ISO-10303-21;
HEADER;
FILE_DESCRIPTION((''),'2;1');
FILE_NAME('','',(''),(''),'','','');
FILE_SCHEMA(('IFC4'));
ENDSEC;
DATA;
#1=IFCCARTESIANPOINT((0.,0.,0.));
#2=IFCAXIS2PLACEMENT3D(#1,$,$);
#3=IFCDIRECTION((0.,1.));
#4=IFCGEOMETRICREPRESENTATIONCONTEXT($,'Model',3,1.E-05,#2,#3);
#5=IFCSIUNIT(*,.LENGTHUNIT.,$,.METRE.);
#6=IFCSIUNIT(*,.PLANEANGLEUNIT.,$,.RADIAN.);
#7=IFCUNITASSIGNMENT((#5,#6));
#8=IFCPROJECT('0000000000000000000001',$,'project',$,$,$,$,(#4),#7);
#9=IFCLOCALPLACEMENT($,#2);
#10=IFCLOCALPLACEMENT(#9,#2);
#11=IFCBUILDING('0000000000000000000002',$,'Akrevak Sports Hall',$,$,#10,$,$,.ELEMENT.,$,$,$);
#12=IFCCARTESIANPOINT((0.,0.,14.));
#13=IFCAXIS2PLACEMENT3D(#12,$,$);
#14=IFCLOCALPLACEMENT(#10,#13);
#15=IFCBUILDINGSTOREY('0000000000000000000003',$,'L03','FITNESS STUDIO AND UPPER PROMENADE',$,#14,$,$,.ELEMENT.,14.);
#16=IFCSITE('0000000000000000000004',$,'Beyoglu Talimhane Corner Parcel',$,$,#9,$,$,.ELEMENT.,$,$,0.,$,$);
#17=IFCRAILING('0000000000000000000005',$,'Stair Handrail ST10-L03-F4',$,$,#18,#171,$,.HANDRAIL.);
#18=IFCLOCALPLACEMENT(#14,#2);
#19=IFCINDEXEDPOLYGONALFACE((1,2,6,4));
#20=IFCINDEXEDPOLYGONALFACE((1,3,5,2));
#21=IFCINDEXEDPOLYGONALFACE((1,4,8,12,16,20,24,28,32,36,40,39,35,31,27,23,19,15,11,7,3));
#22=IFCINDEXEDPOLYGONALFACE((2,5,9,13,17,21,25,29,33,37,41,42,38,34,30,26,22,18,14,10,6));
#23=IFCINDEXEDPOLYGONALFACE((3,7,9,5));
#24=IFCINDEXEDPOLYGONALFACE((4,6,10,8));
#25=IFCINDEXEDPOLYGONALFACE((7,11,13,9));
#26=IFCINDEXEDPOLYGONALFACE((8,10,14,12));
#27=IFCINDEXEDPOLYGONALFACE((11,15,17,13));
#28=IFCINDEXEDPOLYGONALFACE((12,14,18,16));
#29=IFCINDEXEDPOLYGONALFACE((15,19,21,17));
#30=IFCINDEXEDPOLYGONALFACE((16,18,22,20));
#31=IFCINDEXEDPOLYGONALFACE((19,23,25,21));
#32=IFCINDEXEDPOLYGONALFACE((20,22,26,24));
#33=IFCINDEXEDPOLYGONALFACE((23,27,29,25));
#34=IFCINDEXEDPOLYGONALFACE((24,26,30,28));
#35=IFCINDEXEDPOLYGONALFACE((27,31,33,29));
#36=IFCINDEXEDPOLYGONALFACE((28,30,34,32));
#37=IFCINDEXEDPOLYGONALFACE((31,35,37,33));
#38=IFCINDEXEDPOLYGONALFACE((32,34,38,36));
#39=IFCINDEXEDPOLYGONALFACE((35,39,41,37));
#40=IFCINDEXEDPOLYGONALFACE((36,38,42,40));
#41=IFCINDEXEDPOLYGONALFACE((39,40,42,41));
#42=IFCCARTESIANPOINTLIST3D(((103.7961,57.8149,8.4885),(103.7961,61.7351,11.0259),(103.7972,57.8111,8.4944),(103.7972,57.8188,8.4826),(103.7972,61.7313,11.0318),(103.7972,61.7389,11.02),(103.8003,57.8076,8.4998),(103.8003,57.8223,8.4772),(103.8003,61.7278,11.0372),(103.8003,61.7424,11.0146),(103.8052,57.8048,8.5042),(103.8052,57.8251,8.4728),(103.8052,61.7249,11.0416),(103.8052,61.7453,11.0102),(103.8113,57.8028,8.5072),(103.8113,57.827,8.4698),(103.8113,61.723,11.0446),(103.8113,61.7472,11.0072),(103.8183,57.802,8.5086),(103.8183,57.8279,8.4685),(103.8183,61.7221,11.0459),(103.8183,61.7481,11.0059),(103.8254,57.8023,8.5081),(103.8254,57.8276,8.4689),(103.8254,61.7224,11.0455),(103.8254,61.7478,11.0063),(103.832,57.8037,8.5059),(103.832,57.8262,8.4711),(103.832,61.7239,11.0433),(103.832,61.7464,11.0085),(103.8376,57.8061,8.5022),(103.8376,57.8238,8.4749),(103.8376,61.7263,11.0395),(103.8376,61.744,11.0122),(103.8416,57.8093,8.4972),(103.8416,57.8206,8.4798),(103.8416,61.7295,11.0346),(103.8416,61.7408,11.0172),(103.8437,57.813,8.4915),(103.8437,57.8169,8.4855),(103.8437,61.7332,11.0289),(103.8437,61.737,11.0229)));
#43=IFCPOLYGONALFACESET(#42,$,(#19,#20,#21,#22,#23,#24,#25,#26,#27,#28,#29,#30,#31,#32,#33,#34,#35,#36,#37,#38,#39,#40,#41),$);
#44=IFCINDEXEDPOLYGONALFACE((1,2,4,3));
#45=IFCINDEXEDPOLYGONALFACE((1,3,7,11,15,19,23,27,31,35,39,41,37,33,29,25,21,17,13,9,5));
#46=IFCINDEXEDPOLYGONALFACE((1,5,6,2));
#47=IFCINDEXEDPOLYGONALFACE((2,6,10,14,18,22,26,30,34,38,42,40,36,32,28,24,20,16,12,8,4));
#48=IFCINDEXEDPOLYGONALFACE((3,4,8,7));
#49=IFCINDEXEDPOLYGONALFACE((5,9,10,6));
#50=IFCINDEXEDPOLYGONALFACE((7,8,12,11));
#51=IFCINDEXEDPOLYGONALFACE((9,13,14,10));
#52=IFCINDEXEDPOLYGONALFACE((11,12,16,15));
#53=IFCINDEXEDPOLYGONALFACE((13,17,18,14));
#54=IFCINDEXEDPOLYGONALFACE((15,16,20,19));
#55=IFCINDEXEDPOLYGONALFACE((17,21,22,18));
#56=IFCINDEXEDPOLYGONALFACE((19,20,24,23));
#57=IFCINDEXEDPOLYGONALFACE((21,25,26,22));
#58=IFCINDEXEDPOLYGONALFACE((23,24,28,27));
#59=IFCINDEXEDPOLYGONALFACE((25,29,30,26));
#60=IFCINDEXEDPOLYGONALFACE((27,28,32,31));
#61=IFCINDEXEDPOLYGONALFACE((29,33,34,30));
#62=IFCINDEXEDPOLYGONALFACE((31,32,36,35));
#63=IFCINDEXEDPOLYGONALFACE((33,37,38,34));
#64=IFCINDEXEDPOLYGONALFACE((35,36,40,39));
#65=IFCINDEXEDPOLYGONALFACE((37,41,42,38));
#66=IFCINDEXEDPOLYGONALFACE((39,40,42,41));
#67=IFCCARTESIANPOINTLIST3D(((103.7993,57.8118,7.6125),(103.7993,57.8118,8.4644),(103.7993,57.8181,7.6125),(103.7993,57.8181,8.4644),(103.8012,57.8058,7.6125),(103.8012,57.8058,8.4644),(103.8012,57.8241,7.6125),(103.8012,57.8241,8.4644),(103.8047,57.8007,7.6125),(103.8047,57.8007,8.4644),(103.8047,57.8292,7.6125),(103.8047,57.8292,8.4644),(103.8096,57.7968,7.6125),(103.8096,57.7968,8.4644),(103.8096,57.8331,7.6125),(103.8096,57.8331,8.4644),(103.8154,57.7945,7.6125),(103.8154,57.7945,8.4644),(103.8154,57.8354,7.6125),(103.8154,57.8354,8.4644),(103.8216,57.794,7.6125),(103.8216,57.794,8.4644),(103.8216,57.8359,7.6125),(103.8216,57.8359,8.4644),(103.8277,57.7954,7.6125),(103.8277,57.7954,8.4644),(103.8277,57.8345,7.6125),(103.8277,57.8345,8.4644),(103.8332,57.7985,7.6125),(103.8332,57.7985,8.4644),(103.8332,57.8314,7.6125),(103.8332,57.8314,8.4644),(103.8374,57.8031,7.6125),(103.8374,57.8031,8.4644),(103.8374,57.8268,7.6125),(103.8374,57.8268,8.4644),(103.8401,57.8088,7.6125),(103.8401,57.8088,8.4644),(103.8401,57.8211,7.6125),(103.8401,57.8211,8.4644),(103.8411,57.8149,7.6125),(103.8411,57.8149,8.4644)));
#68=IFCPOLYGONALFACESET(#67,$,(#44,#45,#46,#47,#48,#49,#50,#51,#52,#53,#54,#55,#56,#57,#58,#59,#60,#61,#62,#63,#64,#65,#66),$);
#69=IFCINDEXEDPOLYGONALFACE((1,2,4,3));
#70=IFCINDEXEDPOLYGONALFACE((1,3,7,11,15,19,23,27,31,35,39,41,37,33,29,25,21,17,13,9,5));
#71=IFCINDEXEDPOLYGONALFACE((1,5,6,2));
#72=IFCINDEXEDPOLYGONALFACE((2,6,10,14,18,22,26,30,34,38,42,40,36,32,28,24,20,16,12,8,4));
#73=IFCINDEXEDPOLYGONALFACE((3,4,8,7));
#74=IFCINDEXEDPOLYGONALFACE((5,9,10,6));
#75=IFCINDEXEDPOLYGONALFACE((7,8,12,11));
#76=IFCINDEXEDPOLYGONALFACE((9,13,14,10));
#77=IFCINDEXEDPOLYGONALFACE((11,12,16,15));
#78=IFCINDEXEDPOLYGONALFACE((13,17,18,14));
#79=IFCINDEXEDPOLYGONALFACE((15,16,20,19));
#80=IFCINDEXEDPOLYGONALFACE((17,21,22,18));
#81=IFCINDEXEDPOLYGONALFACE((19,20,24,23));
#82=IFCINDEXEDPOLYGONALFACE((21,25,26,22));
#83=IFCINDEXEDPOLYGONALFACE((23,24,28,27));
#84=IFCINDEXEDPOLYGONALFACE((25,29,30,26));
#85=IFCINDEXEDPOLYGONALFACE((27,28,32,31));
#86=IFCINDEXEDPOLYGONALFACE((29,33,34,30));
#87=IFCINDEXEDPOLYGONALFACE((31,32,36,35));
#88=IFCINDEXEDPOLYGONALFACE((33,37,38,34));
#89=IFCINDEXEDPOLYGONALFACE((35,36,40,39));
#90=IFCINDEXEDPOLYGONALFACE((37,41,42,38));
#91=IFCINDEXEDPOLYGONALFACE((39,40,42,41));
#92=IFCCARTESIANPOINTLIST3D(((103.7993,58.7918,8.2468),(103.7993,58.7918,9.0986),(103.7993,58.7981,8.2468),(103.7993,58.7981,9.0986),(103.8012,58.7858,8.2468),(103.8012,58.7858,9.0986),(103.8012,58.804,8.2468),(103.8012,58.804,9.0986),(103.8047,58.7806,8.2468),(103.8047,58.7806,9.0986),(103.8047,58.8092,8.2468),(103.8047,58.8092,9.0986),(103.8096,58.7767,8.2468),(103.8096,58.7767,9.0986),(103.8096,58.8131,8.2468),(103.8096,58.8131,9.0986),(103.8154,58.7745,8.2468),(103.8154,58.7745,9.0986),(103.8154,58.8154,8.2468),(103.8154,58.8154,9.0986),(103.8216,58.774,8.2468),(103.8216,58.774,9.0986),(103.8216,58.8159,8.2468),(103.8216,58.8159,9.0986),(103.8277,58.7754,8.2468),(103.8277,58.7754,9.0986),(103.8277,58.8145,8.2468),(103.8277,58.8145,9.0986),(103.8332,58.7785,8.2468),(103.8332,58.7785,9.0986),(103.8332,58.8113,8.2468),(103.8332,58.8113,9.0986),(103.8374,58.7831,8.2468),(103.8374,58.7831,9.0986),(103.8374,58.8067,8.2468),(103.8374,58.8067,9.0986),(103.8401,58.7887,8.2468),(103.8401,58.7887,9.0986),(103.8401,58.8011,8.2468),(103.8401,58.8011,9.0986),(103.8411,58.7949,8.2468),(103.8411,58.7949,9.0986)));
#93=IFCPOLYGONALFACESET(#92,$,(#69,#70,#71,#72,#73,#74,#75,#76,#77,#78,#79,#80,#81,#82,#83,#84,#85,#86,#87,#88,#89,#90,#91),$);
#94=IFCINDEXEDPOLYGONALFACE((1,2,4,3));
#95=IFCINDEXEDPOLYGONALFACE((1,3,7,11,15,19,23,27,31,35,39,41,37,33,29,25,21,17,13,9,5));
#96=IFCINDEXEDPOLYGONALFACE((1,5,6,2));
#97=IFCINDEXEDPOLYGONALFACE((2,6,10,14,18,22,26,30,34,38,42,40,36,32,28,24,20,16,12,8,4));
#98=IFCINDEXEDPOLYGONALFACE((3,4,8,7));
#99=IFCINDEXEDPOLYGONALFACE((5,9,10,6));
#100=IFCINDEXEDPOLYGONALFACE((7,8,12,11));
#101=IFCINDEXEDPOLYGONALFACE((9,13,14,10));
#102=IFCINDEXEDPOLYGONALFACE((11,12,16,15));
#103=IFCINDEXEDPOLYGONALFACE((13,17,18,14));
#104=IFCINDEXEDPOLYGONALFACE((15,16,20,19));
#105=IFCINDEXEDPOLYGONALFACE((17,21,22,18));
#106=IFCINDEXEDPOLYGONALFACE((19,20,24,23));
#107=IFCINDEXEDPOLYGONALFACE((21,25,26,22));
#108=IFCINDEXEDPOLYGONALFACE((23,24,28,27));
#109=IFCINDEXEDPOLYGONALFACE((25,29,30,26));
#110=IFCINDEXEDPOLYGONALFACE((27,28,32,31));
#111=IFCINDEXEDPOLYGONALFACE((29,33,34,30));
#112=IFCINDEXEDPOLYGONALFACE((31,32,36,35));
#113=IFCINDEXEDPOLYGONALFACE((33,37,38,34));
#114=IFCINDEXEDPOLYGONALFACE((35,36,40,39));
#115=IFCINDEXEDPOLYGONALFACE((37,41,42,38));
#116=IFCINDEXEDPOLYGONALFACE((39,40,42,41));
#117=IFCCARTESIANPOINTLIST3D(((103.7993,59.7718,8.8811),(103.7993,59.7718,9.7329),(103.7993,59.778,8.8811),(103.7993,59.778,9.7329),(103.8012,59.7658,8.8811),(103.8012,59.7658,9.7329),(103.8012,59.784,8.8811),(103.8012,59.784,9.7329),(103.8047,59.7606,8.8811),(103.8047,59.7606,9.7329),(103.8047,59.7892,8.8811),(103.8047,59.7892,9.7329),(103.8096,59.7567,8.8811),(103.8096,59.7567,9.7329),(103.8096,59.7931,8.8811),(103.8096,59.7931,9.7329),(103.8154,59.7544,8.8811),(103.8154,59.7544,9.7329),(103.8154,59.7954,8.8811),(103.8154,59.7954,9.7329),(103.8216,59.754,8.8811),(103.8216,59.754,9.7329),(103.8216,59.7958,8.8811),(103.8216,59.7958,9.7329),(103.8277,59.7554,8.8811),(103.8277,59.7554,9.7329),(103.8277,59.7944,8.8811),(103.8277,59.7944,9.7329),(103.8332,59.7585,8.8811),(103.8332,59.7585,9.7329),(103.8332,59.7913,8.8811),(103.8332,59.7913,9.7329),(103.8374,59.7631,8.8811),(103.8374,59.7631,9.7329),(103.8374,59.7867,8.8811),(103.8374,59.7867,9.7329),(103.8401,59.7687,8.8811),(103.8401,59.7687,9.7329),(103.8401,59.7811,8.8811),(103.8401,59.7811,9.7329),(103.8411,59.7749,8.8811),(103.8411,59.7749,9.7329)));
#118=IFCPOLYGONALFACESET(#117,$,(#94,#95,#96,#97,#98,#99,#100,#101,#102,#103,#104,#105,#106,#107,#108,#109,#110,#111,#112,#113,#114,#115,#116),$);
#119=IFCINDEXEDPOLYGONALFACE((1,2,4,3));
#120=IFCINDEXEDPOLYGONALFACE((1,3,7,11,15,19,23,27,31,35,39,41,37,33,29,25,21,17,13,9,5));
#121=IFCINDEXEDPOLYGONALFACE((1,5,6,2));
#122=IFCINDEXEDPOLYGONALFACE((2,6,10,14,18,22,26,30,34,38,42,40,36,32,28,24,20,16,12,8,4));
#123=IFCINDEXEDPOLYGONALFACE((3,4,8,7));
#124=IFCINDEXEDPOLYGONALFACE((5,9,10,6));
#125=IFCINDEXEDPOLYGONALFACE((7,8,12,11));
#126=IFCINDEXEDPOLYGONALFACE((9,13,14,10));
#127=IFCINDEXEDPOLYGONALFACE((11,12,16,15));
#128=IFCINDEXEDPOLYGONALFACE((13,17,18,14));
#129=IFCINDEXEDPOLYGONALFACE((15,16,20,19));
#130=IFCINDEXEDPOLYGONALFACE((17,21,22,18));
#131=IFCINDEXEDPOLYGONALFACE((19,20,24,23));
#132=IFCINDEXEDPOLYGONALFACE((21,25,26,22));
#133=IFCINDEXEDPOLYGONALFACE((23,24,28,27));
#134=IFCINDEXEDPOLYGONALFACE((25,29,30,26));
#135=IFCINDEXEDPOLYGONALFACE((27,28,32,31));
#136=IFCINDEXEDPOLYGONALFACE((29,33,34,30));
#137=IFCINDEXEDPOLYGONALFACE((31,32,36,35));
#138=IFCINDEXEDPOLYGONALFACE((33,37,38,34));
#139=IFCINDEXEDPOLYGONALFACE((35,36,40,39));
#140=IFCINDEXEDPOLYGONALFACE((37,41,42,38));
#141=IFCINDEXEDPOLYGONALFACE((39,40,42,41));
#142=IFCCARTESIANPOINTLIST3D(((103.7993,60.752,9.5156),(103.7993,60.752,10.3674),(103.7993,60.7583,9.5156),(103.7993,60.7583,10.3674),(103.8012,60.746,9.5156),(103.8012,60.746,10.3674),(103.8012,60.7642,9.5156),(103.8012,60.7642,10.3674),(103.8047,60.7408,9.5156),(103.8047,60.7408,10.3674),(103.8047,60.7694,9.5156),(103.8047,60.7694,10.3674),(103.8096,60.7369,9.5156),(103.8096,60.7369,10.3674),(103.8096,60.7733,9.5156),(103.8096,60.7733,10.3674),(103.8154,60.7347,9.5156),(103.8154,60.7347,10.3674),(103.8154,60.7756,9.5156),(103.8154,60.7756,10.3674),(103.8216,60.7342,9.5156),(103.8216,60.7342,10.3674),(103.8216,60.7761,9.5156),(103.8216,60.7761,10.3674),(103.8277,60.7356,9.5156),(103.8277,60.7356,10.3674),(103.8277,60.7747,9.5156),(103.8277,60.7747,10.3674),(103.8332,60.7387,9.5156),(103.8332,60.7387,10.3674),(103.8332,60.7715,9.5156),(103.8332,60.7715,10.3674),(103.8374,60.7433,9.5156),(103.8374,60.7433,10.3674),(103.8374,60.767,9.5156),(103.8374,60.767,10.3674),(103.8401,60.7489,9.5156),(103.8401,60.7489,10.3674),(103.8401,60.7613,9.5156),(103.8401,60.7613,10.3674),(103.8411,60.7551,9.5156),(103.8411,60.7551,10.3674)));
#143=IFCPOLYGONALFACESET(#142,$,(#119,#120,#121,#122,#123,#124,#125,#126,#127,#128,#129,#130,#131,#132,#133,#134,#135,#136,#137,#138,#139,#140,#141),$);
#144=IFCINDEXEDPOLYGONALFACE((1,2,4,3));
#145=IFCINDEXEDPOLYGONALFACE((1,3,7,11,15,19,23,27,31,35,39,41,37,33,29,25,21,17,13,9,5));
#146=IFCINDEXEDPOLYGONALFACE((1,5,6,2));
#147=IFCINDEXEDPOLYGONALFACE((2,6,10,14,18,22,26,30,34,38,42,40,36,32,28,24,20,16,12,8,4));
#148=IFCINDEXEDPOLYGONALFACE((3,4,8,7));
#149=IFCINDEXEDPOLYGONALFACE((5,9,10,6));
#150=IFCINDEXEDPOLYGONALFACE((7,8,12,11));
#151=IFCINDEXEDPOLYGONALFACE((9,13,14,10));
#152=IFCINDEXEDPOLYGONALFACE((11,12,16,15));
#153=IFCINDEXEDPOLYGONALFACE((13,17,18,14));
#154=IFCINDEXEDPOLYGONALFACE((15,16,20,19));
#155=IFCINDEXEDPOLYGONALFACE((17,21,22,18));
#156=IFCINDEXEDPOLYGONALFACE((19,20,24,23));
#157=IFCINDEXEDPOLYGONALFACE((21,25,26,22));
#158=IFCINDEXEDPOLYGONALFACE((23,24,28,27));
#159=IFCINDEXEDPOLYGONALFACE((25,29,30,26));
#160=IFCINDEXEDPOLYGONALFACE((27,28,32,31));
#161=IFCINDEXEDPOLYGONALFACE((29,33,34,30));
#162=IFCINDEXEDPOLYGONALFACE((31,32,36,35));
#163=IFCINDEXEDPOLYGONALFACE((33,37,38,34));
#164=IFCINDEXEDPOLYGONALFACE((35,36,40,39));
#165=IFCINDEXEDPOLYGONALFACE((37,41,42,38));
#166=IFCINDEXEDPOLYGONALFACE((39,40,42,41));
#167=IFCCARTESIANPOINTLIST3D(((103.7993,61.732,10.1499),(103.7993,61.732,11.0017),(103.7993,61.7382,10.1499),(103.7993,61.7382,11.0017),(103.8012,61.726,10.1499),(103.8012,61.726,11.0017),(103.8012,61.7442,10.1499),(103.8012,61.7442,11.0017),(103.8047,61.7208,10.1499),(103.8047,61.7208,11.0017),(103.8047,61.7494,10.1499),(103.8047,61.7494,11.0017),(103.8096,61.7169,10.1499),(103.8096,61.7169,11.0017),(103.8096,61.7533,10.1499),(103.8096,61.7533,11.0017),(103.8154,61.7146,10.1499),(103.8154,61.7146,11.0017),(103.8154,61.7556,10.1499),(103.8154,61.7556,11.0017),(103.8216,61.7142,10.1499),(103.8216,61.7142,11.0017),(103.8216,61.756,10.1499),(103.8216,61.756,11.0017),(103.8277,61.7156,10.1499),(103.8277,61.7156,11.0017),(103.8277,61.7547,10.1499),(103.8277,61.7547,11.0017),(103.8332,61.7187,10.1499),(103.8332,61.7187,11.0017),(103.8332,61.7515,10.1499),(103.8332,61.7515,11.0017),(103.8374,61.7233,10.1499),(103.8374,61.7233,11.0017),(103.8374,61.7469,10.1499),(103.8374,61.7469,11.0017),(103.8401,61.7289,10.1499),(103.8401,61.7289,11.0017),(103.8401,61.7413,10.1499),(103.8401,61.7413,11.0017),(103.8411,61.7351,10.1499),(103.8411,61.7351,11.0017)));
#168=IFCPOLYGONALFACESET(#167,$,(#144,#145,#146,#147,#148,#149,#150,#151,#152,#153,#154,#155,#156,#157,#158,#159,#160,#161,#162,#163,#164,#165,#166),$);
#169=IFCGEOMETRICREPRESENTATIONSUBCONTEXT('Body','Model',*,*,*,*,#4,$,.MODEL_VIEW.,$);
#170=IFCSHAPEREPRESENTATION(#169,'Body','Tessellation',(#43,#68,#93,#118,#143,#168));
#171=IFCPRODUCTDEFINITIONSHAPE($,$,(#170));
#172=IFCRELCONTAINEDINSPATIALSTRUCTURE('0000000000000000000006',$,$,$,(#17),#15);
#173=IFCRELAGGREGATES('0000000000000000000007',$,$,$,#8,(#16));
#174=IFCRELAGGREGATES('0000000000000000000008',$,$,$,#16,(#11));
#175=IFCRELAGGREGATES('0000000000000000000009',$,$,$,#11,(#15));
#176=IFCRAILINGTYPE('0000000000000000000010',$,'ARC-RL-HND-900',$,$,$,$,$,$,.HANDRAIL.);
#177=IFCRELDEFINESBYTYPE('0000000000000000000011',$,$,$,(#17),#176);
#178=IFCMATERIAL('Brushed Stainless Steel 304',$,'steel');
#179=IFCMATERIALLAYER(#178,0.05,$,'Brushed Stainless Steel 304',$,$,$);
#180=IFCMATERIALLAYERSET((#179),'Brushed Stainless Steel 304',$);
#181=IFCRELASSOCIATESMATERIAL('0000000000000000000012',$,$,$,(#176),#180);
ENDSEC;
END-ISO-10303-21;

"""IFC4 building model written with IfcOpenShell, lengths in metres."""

from ifc_helpers import new_model, si_unit, direction, frame, origin, origin_2d, place, context, subcontext, project, spatial, circle, extrude, material, layer, layer_set, type_object, element, save


model = new_model("IFC4")

# Units and contexts
model_context = context("Model", 3, precision=1e-05, world=origin(), true_north=direction((0.0, 1.0)))
body_context = subcontext(model_context, "Body", "Model", "MODEL_VIEW")
ifc_project = project(units=[si_unit("LENGTHUNIT", "METRE"), si_unit("PLANEANGLEUNIT", "RADIAN")], contexts=[model_context])

# Site, building, storey
site_placement = place(None, origin())
site = spatial("IfcSite", under=ifc_project, at=site_placement, Name="Beyoglu Talimhane Corner Parcel", CompositionType="ELEMENT", RefElevation=0.0)
building_placement = place(site_placement, origin())
building = spatial("IfcBuilding", under=site, at=building_placement, Name="Akrevak Sports Hall", CompositionType="ELEMENT")
storey_placement = place(building_placement, frame((0.0, 0.0, 14.0)))
storey = spatial("IfcBuildingStorey", under=building, at=storey_placement, Name="L03", Description="FITNESS STUDIO AND UPPER PROMENADE", CompositionType="ELEMENT", Elevation=14.0)

# Railing
ifc_material_1 = material(Name="Brushed Stainless Steel 304", Category="steel")
ifc_layer_1 = layer(ifc_material_1, 0.05, Name="Brushed Stainless Steel 304")
ifc_layer_set_1 = layer_set([ifc_layer_1], Name="Brushed Stainless Steel 304")
railing_type_1 = type_object("IfcRailingType", Name="ARC-RL-HND-900", PredefinedType="HANDRAIL", material=ifc_layer_set_1)
for number, where, name in (
    (1, (103.8201, 57.8149, 7.6125), "Stair Handrail ST10-L03-F4"),
):
    element("IfcRailing", number, at=place(storey_placement, frame(where)), inside=storey, type_object=railing_type_1, Name=name, PredefinedType="HANDRAIL", context=body_context, shape_type="SweptSolid", body=[
        extrude(circle(Radius=0.0239, at=origin_2d()), frame((0.0, 0.0, 0.876), z_axis=(0.0, 0.839494, 0.543368), x_axis=(-1.0, 0.0, 0.0)), (0.0, 0.0, 1.0), 4.6697),
        extrude(circle(Radius=0.021, at=origin_2d()), origin(), (0.0, 0.0, 1.0), 0.8518),
        extrude(circle(Radius=0.021, at=origin_2d()), frame((0.0, 0.98, 0.6343)), (0.0, 0.0, 1.0), 0.8518),
        extrude(circle(Radius=0.021, at=origin_2d()), frame((0.0, 1.96, 1.2686)), (0.0, 0.0, 1.0), 0.8518),
        extrude(circle(Radius=0.021, at=origin_2d()), frame((0.0, 2.9402, 1.9031)), (0.0, 0.0, 1.0), 0.8518),
        extrude(circle(Radius=0.021, at=origin_2d()), frame((0.0, 3.9202, 2.5374)), (0.0, 0.0, 1.0), 0.8518),
    ])

save(model, "model.ifc")
